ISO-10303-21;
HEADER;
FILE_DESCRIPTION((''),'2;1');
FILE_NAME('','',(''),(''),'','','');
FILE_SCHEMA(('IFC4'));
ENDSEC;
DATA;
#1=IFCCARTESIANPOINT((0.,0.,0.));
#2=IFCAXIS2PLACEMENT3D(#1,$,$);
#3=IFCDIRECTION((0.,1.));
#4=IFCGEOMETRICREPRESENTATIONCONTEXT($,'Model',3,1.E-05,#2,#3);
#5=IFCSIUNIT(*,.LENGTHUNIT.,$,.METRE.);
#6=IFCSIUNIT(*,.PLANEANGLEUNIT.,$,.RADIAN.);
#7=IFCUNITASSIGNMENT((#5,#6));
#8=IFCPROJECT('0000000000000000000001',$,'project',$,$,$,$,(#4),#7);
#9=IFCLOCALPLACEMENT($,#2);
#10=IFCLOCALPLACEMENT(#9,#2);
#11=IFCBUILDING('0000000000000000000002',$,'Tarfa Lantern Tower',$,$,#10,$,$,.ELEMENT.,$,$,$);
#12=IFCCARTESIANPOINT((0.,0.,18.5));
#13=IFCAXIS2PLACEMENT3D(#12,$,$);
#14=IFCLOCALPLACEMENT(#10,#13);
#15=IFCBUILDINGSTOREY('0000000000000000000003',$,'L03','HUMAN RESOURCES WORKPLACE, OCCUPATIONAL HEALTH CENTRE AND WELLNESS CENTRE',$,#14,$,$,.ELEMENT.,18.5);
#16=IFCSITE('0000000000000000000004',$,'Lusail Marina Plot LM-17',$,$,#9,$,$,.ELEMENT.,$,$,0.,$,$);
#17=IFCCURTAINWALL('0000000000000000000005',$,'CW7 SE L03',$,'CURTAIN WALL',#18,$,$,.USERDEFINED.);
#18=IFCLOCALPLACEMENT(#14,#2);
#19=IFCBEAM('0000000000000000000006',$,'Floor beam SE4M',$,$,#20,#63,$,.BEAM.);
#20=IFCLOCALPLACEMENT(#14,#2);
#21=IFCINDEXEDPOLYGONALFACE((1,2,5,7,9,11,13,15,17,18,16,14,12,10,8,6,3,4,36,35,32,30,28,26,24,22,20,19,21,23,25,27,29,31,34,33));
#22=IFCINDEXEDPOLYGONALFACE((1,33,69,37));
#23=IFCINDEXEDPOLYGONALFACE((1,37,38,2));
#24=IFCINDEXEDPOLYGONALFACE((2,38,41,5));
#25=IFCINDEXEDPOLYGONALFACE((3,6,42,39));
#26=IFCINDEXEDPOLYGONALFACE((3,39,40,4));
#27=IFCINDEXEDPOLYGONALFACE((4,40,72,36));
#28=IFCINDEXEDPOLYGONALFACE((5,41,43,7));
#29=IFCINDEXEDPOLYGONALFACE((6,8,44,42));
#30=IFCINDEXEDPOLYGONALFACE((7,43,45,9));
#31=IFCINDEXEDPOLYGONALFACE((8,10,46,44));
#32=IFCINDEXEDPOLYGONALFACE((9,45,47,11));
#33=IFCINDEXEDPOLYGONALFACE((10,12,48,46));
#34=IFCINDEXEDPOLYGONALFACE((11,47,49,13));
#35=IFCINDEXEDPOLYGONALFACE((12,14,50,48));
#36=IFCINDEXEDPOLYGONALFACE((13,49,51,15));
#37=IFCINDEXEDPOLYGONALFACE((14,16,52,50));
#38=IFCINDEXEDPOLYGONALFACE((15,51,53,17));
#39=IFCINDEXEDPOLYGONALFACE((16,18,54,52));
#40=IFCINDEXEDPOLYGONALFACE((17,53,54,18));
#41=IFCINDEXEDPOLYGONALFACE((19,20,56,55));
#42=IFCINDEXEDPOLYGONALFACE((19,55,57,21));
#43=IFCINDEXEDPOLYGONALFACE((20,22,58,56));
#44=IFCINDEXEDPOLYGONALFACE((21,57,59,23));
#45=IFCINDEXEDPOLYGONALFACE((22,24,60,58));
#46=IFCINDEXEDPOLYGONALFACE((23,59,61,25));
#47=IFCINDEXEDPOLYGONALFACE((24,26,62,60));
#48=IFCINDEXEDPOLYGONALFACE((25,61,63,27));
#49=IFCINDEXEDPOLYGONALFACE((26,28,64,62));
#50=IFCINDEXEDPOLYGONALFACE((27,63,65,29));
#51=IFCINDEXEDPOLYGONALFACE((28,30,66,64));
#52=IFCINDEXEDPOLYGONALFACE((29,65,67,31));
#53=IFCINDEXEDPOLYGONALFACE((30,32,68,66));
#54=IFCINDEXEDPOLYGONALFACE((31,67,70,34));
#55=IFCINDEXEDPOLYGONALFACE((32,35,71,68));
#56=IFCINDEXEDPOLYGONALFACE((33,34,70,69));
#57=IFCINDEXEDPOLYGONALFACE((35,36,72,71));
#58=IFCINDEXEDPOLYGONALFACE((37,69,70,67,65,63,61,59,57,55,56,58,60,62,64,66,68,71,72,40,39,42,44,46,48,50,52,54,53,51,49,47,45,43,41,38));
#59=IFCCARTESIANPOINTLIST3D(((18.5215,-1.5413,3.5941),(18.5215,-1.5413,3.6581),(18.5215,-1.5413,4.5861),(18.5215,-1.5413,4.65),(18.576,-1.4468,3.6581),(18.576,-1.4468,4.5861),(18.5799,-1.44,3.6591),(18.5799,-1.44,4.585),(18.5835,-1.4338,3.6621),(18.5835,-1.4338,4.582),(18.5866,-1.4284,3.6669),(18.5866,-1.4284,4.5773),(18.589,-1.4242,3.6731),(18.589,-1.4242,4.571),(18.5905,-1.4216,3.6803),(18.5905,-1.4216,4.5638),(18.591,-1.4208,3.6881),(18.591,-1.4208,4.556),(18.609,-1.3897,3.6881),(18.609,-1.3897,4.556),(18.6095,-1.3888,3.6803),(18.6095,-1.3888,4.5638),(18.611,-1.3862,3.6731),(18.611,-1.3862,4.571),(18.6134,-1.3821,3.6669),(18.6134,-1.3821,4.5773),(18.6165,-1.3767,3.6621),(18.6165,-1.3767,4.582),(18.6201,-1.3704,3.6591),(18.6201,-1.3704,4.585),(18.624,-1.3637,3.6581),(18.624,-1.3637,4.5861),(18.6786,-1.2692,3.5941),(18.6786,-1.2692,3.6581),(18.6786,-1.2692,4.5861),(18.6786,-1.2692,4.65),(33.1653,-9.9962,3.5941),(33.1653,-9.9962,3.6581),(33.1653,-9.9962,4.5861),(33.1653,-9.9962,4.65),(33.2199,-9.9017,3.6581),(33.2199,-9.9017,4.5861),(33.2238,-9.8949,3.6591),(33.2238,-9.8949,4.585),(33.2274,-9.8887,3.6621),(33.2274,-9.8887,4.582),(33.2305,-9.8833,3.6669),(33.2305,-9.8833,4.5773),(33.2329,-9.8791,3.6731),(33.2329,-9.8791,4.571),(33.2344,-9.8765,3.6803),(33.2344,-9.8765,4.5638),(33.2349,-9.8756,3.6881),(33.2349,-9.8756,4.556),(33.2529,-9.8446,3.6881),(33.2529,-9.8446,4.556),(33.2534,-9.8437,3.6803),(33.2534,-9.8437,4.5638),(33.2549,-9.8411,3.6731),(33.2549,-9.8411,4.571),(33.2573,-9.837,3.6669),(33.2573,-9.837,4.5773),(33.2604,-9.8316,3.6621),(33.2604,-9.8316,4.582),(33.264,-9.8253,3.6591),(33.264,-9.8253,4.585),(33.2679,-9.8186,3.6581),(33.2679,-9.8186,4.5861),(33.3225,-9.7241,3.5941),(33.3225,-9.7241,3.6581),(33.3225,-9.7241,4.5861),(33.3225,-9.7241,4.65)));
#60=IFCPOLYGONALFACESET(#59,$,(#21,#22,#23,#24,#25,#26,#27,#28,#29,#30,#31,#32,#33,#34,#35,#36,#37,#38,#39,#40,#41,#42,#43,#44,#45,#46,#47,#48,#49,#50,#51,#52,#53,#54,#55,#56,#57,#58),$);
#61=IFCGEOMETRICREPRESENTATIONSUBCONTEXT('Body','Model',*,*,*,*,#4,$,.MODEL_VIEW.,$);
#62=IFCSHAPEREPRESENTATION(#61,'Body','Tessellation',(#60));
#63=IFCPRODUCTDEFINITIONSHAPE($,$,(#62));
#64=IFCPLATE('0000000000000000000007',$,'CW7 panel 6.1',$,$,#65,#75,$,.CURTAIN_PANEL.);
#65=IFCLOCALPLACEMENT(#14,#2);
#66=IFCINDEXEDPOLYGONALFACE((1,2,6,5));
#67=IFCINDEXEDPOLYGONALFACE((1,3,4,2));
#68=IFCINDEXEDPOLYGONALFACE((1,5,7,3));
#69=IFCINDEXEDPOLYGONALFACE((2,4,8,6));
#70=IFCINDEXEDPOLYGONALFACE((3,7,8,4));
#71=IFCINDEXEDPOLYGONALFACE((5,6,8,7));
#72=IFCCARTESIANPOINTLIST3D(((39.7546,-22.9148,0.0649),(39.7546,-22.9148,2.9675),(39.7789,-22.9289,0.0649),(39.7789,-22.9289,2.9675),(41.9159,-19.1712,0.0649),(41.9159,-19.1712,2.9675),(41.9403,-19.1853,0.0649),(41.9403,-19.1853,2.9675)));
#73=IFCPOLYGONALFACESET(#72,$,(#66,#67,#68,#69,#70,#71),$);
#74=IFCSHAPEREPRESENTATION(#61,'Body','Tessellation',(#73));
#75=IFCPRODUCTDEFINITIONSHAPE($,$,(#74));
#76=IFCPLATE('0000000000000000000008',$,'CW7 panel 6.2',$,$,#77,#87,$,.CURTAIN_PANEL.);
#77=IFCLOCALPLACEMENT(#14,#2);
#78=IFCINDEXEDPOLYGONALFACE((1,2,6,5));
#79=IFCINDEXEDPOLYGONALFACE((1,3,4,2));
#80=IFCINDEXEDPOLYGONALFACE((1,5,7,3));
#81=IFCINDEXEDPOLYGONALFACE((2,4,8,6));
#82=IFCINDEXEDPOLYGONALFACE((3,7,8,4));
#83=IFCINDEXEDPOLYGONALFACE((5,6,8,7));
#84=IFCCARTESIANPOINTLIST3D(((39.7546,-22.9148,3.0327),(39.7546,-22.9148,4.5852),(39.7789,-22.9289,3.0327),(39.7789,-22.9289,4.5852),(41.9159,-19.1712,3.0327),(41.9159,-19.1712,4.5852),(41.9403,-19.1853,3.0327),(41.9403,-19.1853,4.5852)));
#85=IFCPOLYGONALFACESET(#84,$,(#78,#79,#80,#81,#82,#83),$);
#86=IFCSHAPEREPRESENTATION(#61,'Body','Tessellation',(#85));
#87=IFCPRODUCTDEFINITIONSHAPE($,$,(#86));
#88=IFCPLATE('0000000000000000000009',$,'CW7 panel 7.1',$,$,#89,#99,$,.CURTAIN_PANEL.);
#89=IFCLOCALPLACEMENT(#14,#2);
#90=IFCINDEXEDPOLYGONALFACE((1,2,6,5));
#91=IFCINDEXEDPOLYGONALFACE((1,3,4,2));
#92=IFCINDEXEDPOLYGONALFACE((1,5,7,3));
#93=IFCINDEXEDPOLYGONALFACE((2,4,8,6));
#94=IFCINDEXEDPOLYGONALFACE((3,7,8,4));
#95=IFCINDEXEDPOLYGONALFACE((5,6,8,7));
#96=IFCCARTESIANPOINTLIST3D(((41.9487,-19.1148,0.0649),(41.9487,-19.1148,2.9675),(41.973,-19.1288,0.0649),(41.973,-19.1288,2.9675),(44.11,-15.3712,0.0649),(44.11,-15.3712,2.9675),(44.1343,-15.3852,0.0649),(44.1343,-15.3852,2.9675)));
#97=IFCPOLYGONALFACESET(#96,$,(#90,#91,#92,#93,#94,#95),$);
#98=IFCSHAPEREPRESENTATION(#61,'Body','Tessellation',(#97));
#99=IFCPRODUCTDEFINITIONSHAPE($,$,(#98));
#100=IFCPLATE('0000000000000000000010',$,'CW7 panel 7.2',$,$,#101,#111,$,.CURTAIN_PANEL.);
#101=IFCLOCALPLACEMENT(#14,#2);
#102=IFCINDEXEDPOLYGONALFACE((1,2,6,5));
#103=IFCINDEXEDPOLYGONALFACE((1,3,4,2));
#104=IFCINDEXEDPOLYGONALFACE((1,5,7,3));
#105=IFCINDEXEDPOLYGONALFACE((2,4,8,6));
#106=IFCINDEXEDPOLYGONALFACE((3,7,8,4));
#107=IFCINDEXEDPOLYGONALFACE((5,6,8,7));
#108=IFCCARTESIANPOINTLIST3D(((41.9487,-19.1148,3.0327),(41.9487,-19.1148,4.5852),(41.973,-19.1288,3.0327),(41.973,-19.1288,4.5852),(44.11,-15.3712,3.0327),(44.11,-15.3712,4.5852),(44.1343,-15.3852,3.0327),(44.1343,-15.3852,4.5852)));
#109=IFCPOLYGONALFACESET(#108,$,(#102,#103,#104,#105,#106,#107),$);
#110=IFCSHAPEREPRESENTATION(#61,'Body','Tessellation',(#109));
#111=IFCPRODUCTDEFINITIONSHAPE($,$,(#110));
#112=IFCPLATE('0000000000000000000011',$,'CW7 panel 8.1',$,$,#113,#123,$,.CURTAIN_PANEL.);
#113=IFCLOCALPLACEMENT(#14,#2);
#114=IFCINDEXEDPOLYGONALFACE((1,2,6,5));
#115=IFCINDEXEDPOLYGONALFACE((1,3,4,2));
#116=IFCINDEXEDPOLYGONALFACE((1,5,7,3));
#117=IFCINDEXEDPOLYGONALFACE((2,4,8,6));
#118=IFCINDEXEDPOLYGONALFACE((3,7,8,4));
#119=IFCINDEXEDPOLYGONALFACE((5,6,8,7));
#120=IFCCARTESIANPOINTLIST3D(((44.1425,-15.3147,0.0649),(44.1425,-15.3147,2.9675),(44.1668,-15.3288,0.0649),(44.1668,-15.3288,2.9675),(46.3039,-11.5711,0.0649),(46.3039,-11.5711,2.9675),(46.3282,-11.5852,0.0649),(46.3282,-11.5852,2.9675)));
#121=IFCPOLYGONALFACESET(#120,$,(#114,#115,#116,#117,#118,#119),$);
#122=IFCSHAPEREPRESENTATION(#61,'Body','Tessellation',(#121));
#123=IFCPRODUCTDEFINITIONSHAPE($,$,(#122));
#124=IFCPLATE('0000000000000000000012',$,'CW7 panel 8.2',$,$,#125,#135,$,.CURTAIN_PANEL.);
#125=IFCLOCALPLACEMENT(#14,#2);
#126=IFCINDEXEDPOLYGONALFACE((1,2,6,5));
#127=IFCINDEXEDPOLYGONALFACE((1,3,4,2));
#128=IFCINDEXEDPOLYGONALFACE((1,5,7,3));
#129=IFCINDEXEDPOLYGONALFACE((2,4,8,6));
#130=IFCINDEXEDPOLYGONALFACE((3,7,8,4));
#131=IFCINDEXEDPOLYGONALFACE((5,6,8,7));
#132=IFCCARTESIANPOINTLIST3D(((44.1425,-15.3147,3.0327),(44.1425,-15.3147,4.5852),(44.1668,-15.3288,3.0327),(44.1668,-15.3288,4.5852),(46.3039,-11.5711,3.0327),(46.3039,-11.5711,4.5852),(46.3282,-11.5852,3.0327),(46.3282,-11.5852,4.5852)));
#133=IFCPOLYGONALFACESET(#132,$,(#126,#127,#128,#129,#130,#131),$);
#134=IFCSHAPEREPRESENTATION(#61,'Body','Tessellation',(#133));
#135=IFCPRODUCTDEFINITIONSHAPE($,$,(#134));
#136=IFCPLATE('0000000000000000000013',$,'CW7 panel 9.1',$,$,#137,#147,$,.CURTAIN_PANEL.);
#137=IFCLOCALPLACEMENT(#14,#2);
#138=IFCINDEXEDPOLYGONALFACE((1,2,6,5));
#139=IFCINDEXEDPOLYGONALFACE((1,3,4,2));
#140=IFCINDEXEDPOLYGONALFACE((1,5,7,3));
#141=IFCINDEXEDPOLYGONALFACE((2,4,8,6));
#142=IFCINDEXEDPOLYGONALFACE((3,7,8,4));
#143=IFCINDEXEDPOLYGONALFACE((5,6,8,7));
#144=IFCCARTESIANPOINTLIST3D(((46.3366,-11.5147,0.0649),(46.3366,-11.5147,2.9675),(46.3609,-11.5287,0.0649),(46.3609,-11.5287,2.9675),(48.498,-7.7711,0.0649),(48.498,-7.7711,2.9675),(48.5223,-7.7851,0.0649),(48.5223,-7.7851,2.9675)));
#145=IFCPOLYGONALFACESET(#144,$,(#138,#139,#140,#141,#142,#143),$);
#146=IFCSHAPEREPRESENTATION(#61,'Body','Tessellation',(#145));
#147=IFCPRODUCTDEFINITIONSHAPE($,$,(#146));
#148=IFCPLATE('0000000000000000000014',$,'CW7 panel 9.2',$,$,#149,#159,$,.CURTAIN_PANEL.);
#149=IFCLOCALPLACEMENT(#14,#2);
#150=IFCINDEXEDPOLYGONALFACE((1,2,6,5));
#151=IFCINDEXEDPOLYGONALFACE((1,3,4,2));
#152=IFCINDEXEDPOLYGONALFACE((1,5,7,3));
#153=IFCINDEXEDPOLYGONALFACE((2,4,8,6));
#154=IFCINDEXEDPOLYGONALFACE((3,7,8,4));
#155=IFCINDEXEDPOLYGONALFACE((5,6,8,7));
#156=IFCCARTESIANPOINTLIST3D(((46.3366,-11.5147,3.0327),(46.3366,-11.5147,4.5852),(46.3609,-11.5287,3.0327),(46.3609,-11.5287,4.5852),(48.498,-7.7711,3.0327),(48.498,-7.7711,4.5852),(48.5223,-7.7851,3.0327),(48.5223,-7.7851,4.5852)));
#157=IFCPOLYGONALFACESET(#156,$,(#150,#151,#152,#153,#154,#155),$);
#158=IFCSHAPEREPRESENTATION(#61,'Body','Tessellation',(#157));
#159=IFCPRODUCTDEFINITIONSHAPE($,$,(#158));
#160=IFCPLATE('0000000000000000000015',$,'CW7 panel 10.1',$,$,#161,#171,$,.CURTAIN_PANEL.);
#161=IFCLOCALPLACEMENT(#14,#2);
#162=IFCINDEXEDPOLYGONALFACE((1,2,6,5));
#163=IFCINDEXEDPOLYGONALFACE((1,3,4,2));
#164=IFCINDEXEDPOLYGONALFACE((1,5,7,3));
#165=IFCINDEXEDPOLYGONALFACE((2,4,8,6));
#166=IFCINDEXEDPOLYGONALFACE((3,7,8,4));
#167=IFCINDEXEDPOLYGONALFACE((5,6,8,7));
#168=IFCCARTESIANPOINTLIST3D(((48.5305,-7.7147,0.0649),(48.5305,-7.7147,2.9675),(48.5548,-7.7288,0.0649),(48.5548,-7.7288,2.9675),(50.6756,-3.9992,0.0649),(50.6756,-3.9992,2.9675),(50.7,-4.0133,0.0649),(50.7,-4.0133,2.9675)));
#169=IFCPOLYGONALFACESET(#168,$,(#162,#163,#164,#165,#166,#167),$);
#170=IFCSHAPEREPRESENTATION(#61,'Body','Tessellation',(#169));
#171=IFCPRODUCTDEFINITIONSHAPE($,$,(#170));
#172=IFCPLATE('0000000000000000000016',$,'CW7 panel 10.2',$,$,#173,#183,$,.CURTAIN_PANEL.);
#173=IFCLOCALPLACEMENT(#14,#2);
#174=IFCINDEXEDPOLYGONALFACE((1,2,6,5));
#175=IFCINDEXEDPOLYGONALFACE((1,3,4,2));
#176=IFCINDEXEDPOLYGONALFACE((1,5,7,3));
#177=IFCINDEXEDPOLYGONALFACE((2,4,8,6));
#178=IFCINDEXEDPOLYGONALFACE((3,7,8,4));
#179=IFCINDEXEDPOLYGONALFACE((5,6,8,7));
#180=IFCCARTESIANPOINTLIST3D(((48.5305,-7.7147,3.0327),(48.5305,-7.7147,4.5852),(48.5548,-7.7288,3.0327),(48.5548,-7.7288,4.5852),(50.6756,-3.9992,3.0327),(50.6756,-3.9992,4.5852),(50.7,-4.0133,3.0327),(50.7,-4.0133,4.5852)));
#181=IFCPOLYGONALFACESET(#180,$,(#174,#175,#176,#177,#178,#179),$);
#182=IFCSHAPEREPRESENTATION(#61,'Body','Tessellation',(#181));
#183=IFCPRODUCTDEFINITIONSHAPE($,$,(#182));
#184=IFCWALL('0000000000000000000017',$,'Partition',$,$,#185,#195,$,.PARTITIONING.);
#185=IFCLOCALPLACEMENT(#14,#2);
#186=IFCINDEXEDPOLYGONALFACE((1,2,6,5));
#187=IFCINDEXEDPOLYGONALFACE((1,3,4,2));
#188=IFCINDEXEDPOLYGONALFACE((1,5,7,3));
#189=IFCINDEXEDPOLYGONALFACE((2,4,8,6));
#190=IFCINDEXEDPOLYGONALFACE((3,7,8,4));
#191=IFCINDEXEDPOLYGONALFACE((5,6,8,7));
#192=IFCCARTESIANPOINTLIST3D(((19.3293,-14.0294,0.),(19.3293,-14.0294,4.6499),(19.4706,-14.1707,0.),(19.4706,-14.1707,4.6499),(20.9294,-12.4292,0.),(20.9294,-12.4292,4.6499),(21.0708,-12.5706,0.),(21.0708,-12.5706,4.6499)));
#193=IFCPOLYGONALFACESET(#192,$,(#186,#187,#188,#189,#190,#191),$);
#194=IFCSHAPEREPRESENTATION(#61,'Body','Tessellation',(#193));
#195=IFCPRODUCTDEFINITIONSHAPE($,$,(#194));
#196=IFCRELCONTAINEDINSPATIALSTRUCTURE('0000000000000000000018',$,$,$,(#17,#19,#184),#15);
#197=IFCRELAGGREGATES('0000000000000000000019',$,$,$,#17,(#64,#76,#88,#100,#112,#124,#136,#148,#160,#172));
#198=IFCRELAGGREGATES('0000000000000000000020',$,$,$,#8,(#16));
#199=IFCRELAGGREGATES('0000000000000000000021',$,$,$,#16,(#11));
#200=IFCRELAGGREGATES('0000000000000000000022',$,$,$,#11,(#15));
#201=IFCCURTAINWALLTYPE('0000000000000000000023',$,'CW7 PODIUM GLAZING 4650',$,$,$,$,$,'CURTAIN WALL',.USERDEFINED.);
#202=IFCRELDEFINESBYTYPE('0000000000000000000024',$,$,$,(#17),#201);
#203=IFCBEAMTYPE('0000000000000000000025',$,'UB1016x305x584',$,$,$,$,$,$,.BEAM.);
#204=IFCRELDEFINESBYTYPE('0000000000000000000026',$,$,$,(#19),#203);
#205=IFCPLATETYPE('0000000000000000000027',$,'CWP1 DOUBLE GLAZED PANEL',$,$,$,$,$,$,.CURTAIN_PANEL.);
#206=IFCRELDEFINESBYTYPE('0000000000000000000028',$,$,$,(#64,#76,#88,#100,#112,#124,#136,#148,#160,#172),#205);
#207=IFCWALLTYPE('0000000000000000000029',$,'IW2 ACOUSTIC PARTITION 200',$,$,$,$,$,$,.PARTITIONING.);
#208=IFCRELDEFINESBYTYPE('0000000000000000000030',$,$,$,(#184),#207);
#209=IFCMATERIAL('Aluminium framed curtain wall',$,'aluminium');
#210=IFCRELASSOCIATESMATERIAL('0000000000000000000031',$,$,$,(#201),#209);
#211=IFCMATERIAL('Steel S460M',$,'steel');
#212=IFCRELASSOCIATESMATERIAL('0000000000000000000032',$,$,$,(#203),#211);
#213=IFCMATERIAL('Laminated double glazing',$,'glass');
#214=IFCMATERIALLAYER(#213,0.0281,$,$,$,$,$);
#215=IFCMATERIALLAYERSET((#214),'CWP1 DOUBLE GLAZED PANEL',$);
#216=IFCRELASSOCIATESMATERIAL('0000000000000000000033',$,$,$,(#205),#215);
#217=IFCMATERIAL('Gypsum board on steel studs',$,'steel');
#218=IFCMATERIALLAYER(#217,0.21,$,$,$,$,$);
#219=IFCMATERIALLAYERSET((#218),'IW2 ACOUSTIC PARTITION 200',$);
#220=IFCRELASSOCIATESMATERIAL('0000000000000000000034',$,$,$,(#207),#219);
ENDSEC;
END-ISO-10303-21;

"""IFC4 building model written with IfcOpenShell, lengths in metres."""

from ifc_helpers import new_model, si_unit, direction, frame, frame_2d, origin, origin_2d, place, context, subcontext, project, spatial, rectangle, i_section, extrude, material, layer, layer_set, material_profile, profile_set, type_object, element, aggregate, save


model = new_model("IFC4")

# Units and contexts
model_context = context("Model", 3, precision=1e-05, world=origin(), true_north=direction((0.0, 1.0)))
body_context = subcontext(model_context, "Body", "Model", "MODEL_VIEW")
ifc_project = project(units=[si_unit("LENGTHUNIT", "METRE"), si_unit("PLANEANGLEUNIT", "RADIAN")], contexts=[model_context])

# Site, building, storey
site_placement = place(None, origin())
site = spatial("IfcSite", under=ifc_project, at=site_placement, Name="Lusail Marina Plot LM-17", CompositionType="ELEMENT", RefElevation=0.0)
building_placement = place(site_placement, origin())
building = spatial("IfcBuilding", under=site, at=building_placement, Name="Tarfa Lantern Tower", CompositionType="ELEMENT")
storey_placement = place(building_placement, frame((0.0, 0.0, 18.5)))
storey = spatial("IfcBuildingStorey", under=building, at=storey_placement, Name="L03", Description="HUMAN RESOURCES WORKPLACE, OCCUPATIONAL HEALTH CENTRE AND WELLNESS CENTRE", CompositionType="ELEMENT", Elevation=18.5)

# Curtain wall
ifc_material_1 = material(Name="Aluminium framed curtain wall", Category="aluminium")
curtain_wall_type = type_object("IfcCurtainWallType", Name="CW7 PODIUM GLAZING 4650", ElementType="CURTAIN WALL", PredefinedType="USERDEFINED", material=ifc_material_1)
curtain_wall_placement = place(storey_placement, origin())
curtain_wall = element("IfcCurtainWall", 1, at=curtain_wall_placement, inside=storey, type_object=curtain_wall_type, Name="CW7 SE L03", ObjectType="CURTAIN WALL", PredefinedType="USERDEFINED")

# Beam
ifc_material_2 = material(Name="Steel S460M", Category="steel")
ifc_material_profile_1 = material_profile(ifc_material_2, i_section(OverallWidth=0.3142, OverallDepth=1.0559, WebThickness=0.0359, FlangeThickness=0.064, FilletRadius=0.03, at=origin_2d()), Name="UB1016x305x584")
ifc_profile_set_1 = profile_set([ifc_material_profile_1], Name="Steel S460M")
beam_type_1 = type_object("IfcBeamType", Name="UB1016x305x584", PredefinedType="BEAM", material=ifc_profile_set_1)
beam_1_placement = place(storey_placement, frame((33.2439, -9.8601, 4.1221), z_axis=(-0.866019, 0.50001, 0.0), x_axis=(-0.50001, -0.866019, 0.0)))
element("IfcBeam", 2, at=beam_1_placement, inside=storey, type_object=beam_type_1, Name="Floor beam SE4M", PredefinedType="BEAM", context=body_context, shape_type="SweptSolid", body=[
    extrude(i_section(OverallWidth=0.3142, OverallDepth=1.0559, WebThickness=0.0359, FlangeThickness=0.064, FilletRadius=0.03, at=origin_2d()), origin(), (0.0, 0.0, 1.0), 16.9094),
])

# Plates
ifc_material_3 = material(Name="Laminated double glazing", Category="glass")
ifc_layer_1 = layer(ifc_material_3, 0.0281)
ifc_layer_set_1 = layer_set([ifc_layer_1], Name="CWP1 DOUBLE GLAZED PANEL")
plate_type = type_object("IfcPlateType", Name="CWP1 DOUBLE GLAZED PANEL", PredefinedType="CURTAIN_PANEL", material=ifc_layer_set_1)
plate_1_placement = place(storey_placement, frame((40.8474, -21.05, 0.0649), z_axis=(0.0, 0.0, 1.0), x_axis=(0.5, 0.866025, 0.0)))
plate_1 = element("IfcPlate", 3, at=plate_1_placement, type_object=plate_type, Name="CW7 panel 6.1", PredefinedType="CURTAIN_PANEL", context=body_context, shape_type="SweptSolid", body=[
    extrude(rectangle(XDim=4.3228, YDim=0.0281, at=origin_2d()), origin(), (0.0, 0.0, 1.0), 2.9026),
])
plate_2_placement = place(storey_placement, frame((40.8474, -21.05, 3.0327), z_axis=(0.0, 0.0, 1.0), x_axis=(0.5, 0.866025, 0.0)))
plate_2 = element("IfcPlate", 4, at=plate_2_placement, type_object=plate_type, Name="CW7 panel 6.2", PredefinedType="CURTAIN_PANEL", context=body_context, shape_type="SweptSolid", body=[
    extrude(rectangle(XDim=4.3228, YDim=0.0281, at=origin_2d()), origin(), (0.0, 0.0, 1.0), 1.5525),
])
plate_3_placement = place(storey_placement, frame((43.0415, -17.25, 0.0649), z_axis=(0.0, 0.0, 1.0), x_axis=(0.5, 0.866025, 0.0)))
plate_3 = element("IfcPlate", 5, at=plate_3_placement, type_object=plate_type, Name="CW7 panel 7.1", PredefinedType="CURTAIN_PANEL", context=body_context, shape_type="SweptSolid", body=[
    extrude(rectangle(XDim=4.3228, YDim=0.0281, at=origin_2d()), origin(), (0.0, 0.0, 1.0), 2.9026),
])
plate_4_placement = place(storey_placement, frame((43.0415, -17.25, 3.0327), z_axis=(0.0, 0.0, 1.0), x_axis=(0.5, 0.866025, 0.0)))
plate_4 = element("IfcPlate", 6, at=plate_4_placement, type_object=plate_type, Name="CW7 panel 7.2", PredefinedType="CURTAIN_PANEL", context=body_context, shape_type="SweptSolid", body=[
    extrude(rectangle(XDim=4.3228, YDim=0.0281, at=origin_2d()), origin(), (0.0, 0.0, 1.0), 1.5525),
])
plate_5_placement = place(storey_placement, frame((45.2354, -13.45, 0.0649), z_axis=(0.0, 0.0, 1.0), x_axis=(0.5, 0.866025, 0.0)))
plate_5 = element("IfcPlate", 7, at=plate_5_placement, type_object=plate_type, Name="CW7 panel 8.1", PredefinedType="CURTAIN_PANEL", context=body_context, shape_type="SweptSolid", body=[
    extrude(rectangle(XDim=4.3228, YDim=0.0281, at=origin_2d()), origin(), (0.0, 0.0, 1.0), 2.9026),
])
plate_6_placement = place(storey_placement, frame((45.2354, -13.45, 3.0327), z_axis=(0.0, 0.0, 1.0), x_axis=(0.5, 0.866025, 0.0)))
plate_6 = element("IfcPlate", 8, at=plate_6_placement, type_object=plate_type, Name="CW7 panel 8.2", PredefinedType="CURTAIN_PANEL", context=body_context, shape_type="SweptSolid", body=[
    extrude(rectangle(XDim=4.3228, YDim=0.0281, at=origin_2d()), origin(), (0.0, 0.0, 1.0), 1.5525),
])
plate_7_placement = place(storey_placement, frame((47.4294, -9.6499, 0.0649), z_axis=(0.0, 0.0, 1.0), x_axis=(0.5, 0.866025, 0.0)))
plate_7 = element("IfcPlate", 9, at=plate_7_placement, type_object=plate_type, Name="CW7 panel 9.1", PredefinedType="CURTAIN_PANEL", context=body_context, shape_type="SweptSolid", body=[
    extrude(rectangle(XDim=4.3228, YDim=0.0281, at=origin_2d()), origin(), (0.0, 0.0, 1.0), 2.9026),
])
plate_8_placement = place(storey_placement, frame((47.4294, -9.6499, 3.0327), z_axis=(0.0, 0.0, 1.0), x_axis=(0.5, 0.866025, 0.0)))
plate_8 = element("IfcPlate", 10, at=plate_8_placement, type_object=plate_type, Name="CW7 panel 9.2", PredefinedType="CURTAIN_PANEL", context=body_context, shape_type="SweptSolid", body=[
    extrude(rectangle(XDim=4.3228, YDim=0.0281, at=origin_2d()), origin(), (0.0, 0.0, 1.0), 1.5525),
])
plate_9_placement = place(storey_placement, frame((49.6152, -5.864, 0.0649), z_axis=(0.0, 0.0, 1.0), x_axis=(0.5, 0.866025, 0.0)))
plate_9 = element("IfcPlate", 11, at=plate_9_placement, type_object=plate_type, Name="CW7 panel 10.1", PredefinedType="CURTAIN_PANEL", context=body_context, shape_type="SweptSolid", body=[
    extrude(rectangle(XDim=4.2903, YDim=0.0281, at=origin_2d()), origin(), (0.0, 0.0, 1.0), 2.9026),
])
plate_10_placement = place(storey_placement, frame((49.6152, -5.864, 3.0327), z_axis=(0.0, 0.0, 1.0), x_axis=(0.5, 0.866025, 0.0)))
plate_10 = element("IfcPlate", 12, at=plate_10_placement, type_object=plate_type, Name="CW7 panel 10.2", PredefinedType="CURTAIN_PANEL", context=body_context, shape_type="SweptSolid", body=[
    extrude(rectangle(XDim=4.2903, YDim=0.0281, at=origin_2d()), origin(), (0.0, 0.0, 1.0), 1.5525),
])
aggregate(curtain_wall, [plate_1, plate_2, plate_3, plate_4, plate_5, plate_6, plate_7, plate_8, plate_9, plate_10])

# Wall
ifc_material_4 = material(Name="Gypsum board on steel studs", Category="steel")
ifc_layer_2 = layer(ifc_material_4, 0.21)
ifc_layer_set_2 = layer_set([ifc_layer_2], Name="IW2 ACOUSTIC PARTITION 200")
wall_type = type_object("IfcWallType", Name="IW2 ACOUSTIC PARTITION 200", PredefinedType="PARTITIONING", material=ifc_layer_set_2)
wall_placement = place(storey_placement, frame((21.0, -12.5, 0.0), z_axis=(0.0, 0.0, 1.0), x_axis=(-0.707107, -0.707107, 0.0)))
element("IfcWall", 13, at=wall_placement, inside=storey, type_object=wall_type, Name="Partition", PredefinedType="PARTITIONING", context=body_context, shape_type="SweptSolid", body=[
    extrude(rectangle(XDim=2.2629, YDim=0.2, at=frame_2d((1.1313, 0.0))), origin(), (0.0, 0.0, 1.0), 4.6499),
])

save(model, "model.ifc")
